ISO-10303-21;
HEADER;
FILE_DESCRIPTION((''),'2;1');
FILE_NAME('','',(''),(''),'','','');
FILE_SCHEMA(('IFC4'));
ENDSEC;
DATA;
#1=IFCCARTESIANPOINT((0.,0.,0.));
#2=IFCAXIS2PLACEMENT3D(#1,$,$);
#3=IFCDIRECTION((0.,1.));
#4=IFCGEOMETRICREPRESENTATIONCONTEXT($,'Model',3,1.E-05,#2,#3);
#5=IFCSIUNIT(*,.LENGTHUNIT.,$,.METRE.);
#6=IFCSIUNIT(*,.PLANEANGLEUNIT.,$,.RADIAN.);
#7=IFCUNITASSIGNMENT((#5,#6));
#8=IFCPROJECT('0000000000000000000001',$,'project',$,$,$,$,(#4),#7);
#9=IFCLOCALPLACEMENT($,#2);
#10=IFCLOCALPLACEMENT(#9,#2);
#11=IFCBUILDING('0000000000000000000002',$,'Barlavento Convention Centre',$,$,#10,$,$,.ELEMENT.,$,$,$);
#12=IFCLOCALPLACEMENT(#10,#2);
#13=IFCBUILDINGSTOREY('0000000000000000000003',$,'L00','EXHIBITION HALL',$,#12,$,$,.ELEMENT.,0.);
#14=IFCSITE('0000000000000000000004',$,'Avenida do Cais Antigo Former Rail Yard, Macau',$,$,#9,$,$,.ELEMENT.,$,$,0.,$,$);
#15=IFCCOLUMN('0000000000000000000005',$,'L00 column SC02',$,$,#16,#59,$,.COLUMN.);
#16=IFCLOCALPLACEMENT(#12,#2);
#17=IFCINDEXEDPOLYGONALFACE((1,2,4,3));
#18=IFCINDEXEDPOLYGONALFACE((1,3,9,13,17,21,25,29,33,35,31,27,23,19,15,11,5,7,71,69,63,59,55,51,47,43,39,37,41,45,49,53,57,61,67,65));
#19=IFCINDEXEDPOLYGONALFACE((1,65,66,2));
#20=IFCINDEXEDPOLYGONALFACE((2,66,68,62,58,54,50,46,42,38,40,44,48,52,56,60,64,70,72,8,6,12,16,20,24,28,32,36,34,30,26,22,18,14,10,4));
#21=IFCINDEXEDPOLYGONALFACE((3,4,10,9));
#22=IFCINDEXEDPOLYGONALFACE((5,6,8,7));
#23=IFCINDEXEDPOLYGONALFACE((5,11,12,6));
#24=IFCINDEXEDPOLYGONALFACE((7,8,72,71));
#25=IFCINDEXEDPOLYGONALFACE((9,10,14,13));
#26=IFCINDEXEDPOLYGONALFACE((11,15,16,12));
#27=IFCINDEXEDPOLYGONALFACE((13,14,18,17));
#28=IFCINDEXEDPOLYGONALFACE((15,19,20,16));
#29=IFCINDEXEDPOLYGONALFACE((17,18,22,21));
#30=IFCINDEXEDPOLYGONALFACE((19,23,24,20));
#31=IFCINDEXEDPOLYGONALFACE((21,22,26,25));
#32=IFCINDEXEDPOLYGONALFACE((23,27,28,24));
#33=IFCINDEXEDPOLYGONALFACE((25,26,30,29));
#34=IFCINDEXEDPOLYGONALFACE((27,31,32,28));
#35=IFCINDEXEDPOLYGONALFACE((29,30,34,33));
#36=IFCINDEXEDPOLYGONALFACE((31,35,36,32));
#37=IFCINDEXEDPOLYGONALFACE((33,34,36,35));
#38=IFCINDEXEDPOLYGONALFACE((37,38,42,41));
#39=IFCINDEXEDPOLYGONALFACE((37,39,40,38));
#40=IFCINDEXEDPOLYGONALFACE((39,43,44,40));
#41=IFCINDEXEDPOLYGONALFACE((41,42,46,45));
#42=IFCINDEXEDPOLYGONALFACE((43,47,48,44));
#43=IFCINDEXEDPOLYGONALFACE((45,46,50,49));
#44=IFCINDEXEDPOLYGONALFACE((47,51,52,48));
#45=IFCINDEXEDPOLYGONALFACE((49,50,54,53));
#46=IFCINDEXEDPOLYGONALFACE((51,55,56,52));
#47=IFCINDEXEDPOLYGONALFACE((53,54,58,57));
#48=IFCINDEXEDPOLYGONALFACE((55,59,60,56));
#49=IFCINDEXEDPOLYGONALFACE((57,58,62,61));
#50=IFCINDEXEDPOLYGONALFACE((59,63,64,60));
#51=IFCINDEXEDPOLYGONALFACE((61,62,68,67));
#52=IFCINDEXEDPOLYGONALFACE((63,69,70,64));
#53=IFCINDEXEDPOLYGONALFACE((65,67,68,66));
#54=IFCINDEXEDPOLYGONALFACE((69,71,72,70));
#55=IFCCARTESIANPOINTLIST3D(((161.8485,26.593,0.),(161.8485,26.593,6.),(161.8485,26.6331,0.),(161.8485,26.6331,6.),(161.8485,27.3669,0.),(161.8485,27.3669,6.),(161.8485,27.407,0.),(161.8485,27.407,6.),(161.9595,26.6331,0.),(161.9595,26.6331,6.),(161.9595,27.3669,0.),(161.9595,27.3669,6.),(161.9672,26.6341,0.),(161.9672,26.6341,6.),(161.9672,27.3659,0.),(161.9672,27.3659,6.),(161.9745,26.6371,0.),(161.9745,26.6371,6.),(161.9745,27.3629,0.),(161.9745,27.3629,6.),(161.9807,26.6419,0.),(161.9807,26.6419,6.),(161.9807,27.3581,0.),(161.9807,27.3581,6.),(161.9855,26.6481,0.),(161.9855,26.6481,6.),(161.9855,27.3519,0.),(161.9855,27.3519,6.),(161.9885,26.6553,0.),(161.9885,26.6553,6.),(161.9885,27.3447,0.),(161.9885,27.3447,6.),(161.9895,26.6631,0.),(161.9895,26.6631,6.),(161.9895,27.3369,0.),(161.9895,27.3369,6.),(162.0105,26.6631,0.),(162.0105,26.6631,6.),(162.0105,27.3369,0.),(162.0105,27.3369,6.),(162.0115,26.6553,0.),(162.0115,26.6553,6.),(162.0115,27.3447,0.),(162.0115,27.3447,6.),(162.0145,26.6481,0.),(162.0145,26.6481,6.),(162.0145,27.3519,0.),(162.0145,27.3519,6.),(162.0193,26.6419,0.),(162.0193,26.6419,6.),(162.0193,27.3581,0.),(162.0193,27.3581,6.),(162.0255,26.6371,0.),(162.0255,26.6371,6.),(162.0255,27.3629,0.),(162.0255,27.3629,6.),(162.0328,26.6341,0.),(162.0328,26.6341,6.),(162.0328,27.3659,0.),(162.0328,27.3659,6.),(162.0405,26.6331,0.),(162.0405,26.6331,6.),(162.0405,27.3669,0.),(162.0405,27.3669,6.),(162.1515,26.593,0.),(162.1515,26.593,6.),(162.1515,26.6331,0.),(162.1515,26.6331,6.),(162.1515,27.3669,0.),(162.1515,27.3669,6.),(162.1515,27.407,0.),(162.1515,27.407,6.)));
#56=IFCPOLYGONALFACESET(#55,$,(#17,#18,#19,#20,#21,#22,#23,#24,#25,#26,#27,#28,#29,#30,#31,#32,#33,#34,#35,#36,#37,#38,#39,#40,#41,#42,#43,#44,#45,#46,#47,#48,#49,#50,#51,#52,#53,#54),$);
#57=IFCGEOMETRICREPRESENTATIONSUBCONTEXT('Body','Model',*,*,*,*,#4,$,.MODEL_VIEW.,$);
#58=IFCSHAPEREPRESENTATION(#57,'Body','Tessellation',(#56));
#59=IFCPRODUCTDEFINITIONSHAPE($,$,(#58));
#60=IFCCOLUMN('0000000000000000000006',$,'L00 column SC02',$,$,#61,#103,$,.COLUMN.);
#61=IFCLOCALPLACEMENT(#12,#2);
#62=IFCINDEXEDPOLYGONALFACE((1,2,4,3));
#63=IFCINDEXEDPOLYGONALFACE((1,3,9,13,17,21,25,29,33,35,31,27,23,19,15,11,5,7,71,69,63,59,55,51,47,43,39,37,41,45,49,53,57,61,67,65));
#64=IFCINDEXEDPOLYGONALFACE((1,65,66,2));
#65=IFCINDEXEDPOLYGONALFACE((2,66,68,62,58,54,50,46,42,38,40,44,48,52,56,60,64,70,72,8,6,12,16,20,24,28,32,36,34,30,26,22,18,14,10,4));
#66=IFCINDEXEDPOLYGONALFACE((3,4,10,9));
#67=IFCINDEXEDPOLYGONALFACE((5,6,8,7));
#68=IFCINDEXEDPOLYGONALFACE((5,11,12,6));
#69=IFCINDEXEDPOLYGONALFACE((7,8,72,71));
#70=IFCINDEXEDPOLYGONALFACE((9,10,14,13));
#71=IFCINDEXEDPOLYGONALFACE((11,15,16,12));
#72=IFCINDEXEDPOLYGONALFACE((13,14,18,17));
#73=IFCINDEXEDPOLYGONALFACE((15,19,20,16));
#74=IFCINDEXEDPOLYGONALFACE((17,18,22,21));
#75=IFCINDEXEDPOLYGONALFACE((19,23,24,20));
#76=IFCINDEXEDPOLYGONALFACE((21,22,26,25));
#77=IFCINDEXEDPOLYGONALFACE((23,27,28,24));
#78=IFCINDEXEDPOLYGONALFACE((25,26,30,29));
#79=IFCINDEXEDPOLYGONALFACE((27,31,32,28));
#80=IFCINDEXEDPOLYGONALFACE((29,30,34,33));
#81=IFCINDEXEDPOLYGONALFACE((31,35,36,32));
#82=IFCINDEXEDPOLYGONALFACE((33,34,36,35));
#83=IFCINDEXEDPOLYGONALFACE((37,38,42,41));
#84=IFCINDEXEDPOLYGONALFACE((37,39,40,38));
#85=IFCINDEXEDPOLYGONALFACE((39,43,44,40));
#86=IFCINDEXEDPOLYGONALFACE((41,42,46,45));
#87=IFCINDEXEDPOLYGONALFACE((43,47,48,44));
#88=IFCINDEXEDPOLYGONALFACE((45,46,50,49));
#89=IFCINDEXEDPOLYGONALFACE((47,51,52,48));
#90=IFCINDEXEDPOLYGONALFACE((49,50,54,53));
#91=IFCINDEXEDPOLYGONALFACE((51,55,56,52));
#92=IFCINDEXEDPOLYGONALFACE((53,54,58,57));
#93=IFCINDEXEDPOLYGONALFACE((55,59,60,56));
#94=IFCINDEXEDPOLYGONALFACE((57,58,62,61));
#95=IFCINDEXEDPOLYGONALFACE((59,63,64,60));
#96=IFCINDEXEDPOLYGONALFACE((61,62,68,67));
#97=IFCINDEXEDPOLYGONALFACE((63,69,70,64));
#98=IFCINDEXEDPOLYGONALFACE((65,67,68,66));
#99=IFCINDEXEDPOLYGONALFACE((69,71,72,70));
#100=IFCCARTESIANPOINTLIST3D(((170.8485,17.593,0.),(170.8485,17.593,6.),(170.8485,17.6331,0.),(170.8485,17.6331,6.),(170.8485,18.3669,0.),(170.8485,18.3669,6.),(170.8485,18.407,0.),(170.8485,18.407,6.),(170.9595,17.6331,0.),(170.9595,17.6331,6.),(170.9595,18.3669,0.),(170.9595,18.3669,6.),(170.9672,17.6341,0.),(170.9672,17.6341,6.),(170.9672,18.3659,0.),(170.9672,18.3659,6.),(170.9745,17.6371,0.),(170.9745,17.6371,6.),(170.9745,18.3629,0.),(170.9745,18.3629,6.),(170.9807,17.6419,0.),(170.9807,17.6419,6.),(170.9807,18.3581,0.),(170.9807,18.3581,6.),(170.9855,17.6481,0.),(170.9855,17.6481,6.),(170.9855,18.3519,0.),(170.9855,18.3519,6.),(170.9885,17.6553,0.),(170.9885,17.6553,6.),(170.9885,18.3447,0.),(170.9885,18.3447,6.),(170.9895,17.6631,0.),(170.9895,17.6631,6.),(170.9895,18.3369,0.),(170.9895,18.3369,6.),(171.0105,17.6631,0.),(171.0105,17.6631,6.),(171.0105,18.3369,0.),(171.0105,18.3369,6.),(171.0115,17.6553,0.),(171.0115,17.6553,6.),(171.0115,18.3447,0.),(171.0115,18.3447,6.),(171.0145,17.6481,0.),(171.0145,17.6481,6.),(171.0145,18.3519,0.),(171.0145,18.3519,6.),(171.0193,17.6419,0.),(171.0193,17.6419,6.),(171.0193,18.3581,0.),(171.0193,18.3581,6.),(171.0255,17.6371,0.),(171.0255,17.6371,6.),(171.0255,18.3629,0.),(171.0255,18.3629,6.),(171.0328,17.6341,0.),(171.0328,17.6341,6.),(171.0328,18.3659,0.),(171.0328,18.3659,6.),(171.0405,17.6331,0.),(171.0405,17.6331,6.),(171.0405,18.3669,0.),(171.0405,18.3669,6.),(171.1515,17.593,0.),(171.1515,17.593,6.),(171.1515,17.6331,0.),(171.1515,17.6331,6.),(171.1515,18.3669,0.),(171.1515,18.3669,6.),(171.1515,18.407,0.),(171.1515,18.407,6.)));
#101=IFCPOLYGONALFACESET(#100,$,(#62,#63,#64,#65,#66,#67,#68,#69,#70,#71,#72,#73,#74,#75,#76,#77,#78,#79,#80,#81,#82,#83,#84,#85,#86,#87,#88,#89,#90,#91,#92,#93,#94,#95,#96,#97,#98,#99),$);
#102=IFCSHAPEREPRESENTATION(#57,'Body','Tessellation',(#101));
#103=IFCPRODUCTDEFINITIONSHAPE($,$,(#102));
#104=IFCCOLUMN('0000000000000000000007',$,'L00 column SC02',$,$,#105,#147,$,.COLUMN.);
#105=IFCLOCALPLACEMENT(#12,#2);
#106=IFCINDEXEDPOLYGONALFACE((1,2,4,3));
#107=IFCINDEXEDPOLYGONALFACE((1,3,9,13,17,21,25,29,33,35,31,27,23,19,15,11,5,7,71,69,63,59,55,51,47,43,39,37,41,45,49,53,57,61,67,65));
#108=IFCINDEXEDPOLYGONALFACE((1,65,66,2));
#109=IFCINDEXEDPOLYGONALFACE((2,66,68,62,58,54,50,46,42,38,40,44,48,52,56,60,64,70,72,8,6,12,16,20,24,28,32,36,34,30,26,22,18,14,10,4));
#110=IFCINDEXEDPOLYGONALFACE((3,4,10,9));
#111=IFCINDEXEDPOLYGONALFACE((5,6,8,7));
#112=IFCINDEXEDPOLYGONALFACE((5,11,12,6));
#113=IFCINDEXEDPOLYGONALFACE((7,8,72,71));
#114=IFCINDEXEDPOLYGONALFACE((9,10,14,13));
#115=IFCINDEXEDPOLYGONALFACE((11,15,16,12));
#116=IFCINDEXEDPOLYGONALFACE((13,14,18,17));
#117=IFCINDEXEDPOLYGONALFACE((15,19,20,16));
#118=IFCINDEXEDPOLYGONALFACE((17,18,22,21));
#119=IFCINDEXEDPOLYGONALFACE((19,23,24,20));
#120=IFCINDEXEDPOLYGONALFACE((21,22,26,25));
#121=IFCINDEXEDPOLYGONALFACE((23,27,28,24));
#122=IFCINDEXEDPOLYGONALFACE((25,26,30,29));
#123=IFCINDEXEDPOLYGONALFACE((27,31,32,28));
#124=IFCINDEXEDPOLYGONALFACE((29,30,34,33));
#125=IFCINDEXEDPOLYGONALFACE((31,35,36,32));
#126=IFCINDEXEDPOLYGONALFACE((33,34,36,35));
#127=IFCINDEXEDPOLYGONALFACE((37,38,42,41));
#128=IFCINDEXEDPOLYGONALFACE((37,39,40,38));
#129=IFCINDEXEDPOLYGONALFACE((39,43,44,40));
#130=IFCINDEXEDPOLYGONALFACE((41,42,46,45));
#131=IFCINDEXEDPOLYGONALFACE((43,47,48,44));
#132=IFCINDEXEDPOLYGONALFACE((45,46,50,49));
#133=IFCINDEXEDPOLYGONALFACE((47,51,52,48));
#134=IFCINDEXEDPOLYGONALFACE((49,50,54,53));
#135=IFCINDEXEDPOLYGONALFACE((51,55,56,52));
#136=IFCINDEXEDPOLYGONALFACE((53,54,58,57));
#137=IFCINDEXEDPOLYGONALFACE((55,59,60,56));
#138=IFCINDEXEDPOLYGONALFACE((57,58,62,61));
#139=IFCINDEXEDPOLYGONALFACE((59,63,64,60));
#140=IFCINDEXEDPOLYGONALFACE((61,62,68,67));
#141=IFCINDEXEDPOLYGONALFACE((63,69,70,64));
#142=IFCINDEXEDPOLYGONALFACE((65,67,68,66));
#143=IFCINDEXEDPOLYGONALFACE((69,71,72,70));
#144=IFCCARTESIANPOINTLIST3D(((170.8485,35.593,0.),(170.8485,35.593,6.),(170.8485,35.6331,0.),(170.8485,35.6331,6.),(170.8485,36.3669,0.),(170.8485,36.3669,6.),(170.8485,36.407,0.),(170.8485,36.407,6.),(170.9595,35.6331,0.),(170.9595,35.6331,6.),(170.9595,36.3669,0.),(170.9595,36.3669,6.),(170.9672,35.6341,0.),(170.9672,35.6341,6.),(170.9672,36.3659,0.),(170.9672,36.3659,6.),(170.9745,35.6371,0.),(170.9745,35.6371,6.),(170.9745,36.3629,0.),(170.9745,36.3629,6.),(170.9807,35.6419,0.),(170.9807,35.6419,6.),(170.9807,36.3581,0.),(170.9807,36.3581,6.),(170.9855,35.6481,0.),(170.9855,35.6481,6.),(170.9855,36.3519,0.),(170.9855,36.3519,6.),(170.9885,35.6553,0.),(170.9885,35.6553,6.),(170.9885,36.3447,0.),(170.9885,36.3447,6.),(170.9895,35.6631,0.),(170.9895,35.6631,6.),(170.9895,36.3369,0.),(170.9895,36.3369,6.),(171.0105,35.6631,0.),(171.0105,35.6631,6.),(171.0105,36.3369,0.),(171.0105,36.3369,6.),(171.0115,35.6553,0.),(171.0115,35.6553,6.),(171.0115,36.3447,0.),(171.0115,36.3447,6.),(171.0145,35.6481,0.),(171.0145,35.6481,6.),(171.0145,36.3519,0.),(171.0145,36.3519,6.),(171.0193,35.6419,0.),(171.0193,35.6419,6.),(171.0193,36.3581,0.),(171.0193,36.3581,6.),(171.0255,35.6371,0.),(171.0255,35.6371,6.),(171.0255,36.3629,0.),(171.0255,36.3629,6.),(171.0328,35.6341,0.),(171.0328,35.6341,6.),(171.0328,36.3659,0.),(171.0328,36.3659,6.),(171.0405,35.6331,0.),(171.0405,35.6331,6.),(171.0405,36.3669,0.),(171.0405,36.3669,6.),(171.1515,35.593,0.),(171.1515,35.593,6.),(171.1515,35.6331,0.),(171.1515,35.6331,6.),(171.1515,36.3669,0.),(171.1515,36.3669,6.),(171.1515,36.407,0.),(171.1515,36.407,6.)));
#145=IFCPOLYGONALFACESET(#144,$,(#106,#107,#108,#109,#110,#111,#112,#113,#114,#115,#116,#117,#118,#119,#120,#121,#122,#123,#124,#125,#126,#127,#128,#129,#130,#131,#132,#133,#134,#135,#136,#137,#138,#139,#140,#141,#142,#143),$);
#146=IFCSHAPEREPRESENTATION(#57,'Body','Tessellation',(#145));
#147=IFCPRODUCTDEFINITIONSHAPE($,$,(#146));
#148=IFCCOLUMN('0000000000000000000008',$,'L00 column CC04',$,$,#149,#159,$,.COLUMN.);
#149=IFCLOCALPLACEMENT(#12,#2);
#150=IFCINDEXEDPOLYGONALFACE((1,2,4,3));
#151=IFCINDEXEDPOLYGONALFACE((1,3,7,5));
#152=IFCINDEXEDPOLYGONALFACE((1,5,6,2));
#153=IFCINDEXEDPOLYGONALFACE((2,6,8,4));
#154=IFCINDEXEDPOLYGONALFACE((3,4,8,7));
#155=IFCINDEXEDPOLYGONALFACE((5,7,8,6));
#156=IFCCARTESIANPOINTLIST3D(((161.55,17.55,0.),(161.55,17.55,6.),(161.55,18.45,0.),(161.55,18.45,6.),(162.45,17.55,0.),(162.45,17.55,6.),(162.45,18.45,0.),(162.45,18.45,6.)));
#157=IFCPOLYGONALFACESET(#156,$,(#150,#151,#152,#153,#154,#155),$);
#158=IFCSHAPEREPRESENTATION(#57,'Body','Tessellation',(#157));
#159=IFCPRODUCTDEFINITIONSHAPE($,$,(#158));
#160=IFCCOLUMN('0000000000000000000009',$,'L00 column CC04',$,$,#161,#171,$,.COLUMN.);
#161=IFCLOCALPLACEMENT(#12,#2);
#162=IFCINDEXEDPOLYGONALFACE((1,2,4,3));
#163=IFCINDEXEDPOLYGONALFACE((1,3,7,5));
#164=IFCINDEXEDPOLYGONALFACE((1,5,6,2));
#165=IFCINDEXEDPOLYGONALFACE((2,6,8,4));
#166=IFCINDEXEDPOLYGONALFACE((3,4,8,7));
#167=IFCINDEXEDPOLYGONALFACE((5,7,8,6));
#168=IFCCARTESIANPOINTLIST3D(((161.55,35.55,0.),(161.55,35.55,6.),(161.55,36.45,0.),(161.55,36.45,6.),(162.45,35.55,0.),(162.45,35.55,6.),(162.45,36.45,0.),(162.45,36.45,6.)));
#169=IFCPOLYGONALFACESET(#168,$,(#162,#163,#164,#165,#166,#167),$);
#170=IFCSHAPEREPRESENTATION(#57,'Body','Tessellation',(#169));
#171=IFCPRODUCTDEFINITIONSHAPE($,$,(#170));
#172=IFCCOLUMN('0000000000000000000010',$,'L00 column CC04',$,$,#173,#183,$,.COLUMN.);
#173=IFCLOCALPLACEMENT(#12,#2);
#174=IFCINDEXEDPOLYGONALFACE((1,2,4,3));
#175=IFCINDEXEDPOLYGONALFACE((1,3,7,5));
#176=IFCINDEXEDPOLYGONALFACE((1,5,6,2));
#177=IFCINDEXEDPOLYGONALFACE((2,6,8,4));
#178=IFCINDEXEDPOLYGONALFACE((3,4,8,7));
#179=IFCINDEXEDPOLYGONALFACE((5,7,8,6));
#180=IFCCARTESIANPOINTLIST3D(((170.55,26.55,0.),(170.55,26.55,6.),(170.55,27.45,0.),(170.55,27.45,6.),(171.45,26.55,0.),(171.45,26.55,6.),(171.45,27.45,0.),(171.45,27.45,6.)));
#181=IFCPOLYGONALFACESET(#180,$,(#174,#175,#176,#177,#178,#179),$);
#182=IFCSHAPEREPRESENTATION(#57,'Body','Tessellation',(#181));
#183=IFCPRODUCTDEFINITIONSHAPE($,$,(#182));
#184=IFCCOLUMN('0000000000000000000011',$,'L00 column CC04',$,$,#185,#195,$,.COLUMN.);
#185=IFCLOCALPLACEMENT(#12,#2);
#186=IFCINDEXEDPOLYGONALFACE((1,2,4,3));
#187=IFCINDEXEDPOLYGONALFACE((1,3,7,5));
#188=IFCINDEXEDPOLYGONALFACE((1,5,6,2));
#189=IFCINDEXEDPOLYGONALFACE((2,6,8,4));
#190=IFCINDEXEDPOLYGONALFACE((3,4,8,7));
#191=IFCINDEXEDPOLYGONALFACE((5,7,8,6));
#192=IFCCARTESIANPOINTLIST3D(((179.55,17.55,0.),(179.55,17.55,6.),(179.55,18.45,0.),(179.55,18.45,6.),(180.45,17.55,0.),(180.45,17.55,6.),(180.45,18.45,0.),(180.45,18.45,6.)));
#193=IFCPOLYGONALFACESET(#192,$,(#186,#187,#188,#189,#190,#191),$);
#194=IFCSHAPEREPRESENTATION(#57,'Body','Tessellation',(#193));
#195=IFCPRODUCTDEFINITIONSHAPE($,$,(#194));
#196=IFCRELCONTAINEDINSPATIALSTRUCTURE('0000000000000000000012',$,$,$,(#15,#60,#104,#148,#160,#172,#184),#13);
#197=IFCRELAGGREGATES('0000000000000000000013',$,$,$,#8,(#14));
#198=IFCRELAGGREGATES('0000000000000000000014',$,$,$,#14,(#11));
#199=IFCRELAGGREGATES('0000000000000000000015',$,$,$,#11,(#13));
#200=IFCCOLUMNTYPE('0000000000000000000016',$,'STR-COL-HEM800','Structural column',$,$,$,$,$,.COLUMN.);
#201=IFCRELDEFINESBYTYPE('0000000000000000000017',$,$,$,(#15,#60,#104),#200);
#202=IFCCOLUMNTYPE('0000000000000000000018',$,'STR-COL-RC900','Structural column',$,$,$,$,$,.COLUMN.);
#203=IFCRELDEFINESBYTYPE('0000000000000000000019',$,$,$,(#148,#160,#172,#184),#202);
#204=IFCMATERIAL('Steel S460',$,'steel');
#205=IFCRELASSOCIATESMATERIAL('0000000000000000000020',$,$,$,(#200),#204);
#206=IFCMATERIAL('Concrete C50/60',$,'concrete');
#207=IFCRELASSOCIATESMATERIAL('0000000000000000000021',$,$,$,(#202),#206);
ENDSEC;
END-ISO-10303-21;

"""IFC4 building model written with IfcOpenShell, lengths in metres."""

from ifc_helpers import new_model, si_unit, direction, frame, origin, origin_2d, place, context, subcontext, project, spatial, rectangle, i_section, extrude, material, material_profile, profile_set, type_object, element, save


model = new_model("IFC4")

# Units and contexts
model_context = context("Model", 3, precision=1e-05, world=origin(), true_north=direction((0.0, 1.0)))
body_context = subcontext(model_context, "Body", "Model", "MODEL_VIEW")
ifc_project = project(units=[si_unit("LENGTHUNIT", "METRE"), si_unit("PLANEANGLEUNIT", "RADIAN")], contexts=[model_context])

# Site, building, storey
site_placement = place(None, origin())
site = spatial("IfcSite", under=ifc_project, at=site_placement, Name="Avenida do Cais Antigo Former Rail Yard, Macau", CompositionType="ELEMENT", RefElevation=0.0)
building_placement = place(site_placement, origin())
building = spatial("IfcBuilding", under=site, at=building_placement, Name="Barlavento Convention Centre", CompositionType="ELEMENT")
storey_placement = place(building_placement, origin())
storey = spatial("IfcBuildingStorey", under=building, at=storey_placement, Name="L00", Description="EXHIBITION HALL", CompositionType="ELEMENT", Elevation=0.0)

# Columns
ifc_material_1 = material(Name="Steel S460", Category="steel")
ifc_material_profile_1 = material_profile(ifc_material_1, i_section(OverallWidth=0.303, OverallDepth=0.814, WebThickness=0.021, FlangeThickness=0.04, FilletRadius=0.03, at=origin_2d()), Name="HEM 800")
ifc_profile_set_1 = profile_set([ifc_material_profile_1], Name="Steel S460")
column_type_1 = type_object("IfcColumnType", Name="STR-COL-HEM800", Description="Structural column", PredefinedType="COLUMN", material=ifc_profile_set_1)
for number, where, z_axis, x_axis, name in (
    (1, (162.0, 27.0, 0.0), (0.0, 0.0, 1.0), (1.0, 0.0, 0.0), "L00 column SC02"),
    (2, (171.0, 18.0, 0.0), (0.0, 0.0, 1.0), (1.0, 0.0, 0.0), "L00 column SC02"),
    (3, (171.0, 36.0, 0.0), (0.0, 0.0, 1.0), (1.0, 0.0, 0.0), "L00 column SC02"),
):
    element("IfcColumn", number, at=place(storey_placement, frame(where, z_axis=z_axis, x_axis=x_axis)), inside=storey, type_object=column_type_1, Name=name, PredefinedType="COLUMN", context=body_context, shape_type="SweptSolid", body=[
        extrude(i_section(OverallWidth=0.303, OverallDepth=0.814, WebThickness=0.021, FlangeThickness=0.04, FilletRadius=0.03, at=origin_2d()), origin(), (0.0, 0.0, 1.0), 6.0),
    ])
ifc_material_2 = material(Name="Concrete C50/60", Category="concrete")
ifc_material_profile_2 = material_profile(ifc_material_2, rectangle(XDim=0.8999, YDim=0.8999, at=origin_2d()), Name="RC 900x900")
ifc_profile_set_2 = profile_set([ifc_material_profile_2], Name="Concrete C50/60")
column_type_2 = type_object("IfcColumnType", Name="STR-COL-RC900", Description="Structural column", PredefinedType="COLUMN", material=ifc_profile_set_2)
for number, where, z_axis, x_axis, name in (
    (4, (162.0, 18.0, 0.0), (0.0, 0.0, 1.0), (1.0, 0.0, 0.0), "L00 column CC04"),
    (5, (162.0, 36.0, 0.0), (0.0, 0.0, 1.0), (1.0, 0.0, 0.0), "L00 column CC04"),
    (6, (171.0, 27.0, 0.0), (0.0, 0.0, 1.0), (1.0, 0.0, 0.0), "L00 column CC04"),
    (7, (180.0, 18.0, 0.0), (0.0, 0.0, 1.0), (1.0, 0.0, 0.0), "L00 column CC04"),
):
    element("IfcColumn", number, at=place(storey_placement, frame(where, z_axis=z_axis, x_axis=x_axis)), inside=storey, type_object=column_type_2, Name=name, PredefinedType="COLUMN", context=body_context, shape_type="SweptSolid", body=[
        extrude(rectangle(XDim=0.8999, YDim=0.8999, at=origin_2d()), origin(), (0.0, 0.0, 1.0), 6.0),
    ])

save(model, "model.ifc")
